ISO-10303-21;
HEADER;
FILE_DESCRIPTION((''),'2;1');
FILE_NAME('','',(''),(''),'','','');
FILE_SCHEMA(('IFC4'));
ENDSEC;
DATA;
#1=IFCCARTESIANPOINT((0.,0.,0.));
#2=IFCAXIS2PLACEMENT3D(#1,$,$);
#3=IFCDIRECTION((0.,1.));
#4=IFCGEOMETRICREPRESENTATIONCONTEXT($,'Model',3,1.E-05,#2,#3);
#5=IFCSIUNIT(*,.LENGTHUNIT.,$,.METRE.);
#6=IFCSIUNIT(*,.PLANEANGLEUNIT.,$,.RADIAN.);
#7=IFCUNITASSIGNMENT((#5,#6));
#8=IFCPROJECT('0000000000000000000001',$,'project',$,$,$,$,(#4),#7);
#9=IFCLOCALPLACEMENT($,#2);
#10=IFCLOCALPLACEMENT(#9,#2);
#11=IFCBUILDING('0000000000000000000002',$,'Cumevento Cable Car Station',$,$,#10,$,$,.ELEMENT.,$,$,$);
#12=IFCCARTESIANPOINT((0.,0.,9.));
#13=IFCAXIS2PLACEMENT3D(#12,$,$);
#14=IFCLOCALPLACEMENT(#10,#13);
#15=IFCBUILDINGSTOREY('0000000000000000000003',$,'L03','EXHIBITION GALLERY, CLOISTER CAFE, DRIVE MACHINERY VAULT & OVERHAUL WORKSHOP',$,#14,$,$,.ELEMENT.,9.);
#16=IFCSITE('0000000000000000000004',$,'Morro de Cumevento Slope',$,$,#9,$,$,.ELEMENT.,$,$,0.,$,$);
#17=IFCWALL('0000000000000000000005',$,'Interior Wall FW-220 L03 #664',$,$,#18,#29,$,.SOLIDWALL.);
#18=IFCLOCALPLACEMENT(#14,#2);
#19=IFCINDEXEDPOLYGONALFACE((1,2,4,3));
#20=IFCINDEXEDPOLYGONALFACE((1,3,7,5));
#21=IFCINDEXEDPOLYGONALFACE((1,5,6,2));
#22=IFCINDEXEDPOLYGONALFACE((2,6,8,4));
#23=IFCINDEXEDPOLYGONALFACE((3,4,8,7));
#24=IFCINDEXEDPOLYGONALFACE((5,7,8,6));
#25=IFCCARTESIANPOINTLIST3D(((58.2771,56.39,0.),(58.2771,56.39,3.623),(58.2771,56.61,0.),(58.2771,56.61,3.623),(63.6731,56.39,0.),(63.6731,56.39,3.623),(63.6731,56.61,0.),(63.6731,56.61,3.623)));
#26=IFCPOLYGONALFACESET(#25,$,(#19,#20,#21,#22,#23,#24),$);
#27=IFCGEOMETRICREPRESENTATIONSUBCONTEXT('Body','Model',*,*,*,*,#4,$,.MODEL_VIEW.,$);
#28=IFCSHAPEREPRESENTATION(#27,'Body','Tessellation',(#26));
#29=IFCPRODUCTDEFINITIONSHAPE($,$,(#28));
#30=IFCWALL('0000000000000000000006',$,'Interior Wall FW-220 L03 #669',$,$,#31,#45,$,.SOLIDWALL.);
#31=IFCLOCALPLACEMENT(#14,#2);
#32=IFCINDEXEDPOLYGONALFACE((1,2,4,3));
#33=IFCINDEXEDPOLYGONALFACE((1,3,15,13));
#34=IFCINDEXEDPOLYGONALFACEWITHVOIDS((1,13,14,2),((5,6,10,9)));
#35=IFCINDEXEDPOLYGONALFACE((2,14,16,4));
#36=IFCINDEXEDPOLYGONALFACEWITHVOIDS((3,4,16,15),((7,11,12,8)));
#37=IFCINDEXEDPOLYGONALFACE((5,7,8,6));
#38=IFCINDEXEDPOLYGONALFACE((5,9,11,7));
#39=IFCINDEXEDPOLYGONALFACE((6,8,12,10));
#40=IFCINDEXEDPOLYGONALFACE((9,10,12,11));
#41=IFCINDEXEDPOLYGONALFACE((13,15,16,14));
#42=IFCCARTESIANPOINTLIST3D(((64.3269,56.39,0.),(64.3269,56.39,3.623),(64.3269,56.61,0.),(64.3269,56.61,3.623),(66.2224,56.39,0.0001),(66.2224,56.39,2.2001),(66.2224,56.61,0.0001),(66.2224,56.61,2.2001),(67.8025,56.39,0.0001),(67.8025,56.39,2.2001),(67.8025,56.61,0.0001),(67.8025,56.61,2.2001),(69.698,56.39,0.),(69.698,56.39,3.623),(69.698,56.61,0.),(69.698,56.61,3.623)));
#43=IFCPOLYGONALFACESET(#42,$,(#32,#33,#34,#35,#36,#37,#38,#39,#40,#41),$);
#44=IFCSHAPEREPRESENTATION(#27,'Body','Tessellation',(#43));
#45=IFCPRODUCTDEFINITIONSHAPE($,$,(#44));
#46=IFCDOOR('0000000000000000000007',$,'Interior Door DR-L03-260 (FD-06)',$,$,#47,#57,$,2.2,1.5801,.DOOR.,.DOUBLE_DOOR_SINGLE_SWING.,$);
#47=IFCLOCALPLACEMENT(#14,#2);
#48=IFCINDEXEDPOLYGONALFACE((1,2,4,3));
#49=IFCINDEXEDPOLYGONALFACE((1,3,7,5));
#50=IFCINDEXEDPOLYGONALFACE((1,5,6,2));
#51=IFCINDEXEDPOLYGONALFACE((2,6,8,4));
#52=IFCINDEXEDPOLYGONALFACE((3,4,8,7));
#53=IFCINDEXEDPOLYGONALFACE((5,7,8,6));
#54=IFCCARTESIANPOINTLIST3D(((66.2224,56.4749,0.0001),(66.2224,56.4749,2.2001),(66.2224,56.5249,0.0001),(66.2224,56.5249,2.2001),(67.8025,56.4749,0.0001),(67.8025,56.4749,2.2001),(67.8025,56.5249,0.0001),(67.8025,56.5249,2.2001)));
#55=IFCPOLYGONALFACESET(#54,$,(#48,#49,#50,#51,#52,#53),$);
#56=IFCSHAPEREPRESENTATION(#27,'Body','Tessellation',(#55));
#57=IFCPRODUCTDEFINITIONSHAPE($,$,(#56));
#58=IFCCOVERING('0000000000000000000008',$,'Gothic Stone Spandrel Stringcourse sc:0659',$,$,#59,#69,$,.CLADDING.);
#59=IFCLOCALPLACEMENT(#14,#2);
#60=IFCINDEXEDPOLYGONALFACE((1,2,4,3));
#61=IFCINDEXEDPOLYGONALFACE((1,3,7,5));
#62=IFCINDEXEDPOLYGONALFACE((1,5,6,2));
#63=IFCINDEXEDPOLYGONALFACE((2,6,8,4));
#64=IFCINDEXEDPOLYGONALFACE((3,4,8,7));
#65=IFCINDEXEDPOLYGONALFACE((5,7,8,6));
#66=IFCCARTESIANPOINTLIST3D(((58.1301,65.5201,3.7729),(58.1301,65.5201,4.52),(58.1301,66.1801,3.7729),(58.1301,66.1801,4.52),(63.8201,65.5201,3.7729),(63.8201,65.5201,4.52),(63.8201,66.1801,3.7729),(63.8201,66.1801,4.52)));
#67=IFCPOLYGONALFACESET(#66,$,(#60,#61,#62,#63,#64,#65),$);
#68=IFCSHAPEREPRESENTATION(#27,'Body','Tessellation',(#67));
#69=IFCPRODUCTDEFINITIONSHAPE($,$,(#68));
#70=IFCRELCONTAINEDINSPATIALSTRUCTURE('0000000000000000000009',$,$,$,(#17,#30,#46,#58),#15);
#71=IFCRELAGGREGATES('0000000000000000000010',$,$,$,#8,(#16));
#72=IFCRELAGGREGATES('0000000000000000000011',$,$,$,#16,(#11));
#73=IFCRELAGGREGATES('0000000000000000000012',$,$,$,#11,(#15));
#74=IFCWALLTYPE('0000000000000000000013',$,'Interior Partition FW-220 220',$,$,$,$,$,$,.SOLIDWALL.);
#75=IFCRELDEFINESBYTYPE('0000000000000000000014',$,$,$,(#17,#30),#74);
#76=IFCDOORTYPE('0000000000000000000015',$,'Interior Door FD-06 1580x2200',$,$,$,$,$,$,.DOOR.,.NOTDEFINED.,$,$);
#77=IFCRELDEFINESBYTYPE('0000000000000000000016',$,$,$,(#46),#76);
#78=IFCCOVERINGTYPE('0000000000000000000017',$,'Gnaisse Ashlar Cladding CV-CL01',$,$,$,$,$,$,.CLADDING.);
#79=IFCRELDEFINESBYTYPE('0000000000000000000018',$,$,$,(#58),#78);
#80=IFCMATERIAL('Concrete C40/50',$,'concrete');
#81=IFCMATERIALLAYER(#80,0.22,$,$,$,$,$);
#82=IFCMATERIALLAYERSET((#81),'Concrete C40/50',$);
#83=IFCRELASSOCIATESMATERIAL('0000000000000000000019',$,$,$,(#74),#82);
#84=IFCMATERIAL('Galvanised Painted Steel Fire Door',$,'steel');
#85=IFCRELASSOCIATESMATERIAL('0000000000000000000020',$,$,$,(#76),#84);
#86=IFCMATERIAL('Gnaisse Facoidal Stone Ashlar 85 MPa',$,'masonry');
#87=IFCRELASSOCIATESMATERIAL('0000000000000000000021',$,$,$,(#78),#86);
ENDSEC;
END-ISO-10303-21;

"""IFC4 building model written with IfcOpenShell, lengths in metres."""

from ifc_helpers import new_model, si_unit, direction, frame, frame_2d, origin, origin_2d, place, context, subcontext, project, spatial, rectangle, extrude, material, layer, layer_set, type_object, element, fill, save


model = new_model("IFC4")

# Units and contexts
model_context = context("Model", 3, precision=1e-05, world=origin(), true_north=direction((0.0, 1.0)))
body_context = subcontext(model_context, "Body", "Model", "MODEL_VIEW")
ifc_project = project(units=[si_unit("LENGTHUNIT", "METRE"), si_unit("PLANEANGLEUNIT", "RADIAN")], contexts=[model_context])

# Site, building, storey
site_placement = place(None, origin())
site = spatial("IfcSite", under=ifc_project, at=site_placement, Name="Morro de Cumevento Slope", CompositionType="ELEMENT", RefElevation=0.0)
building_placement = place(site_placement, origin())
building = spatial("IfcBuilding", under=site, at=building_placement, Name="Cumevento Cable Car Station", CompositionType="ELEMENT")
storey_placement = place(building_placement, frame((0.0, 0.0, 9.0)))
storey = spatial("IfcBuildingStorey", under=building, at=storey_placement, Name="L03", Description="EXHIBITION GALLERY, CLOISTER CAFE, DRIVE MACHINERY VAULT & OVERHAUL WORKSHOP", CompositionType="ELEMENT", Elevation=9.0)

# Wall
ifc_material_1 = material(Name="Concrete C40/50", Category="concrete")
ifc_layer_1 = layer(ifc_material_1, 0.22)
ifc_layer_set_1 = layer_set([ifc_layer_1], Name="Concrete C40/50")
wall_type_1 = type_object("IfcWallType", Name="Interior Partition FW-220 220", PredefinedType="SOLIDWALL", material=ifc_layer_set_1)
wall_1_placement = place(storey_placement, frame((58.2771, 56.5, 0.0), z_axis=(0.0, 0.0, 1.0), x_axis=(1.0, 0.0, 0.0)))
element("IfcWall", 1, at=wall_1_placement, inside=storey, type_object=wall_type_1, Name="Interior Wall FW-220 L03 #664", PredefinedType="SOLIDWALL", context=body_context, shape_type="SweptSolid", body=[
    extrude(rectangle(XDim=5.396, YDim=0.22, at=frame_2d((2.698, 0.0))), origin(), (0.0, 0.0, 1.0), 3.623),
])

# Wall, opening, door
wall_2_placement = place(storey_placement, frame((64.3269, 56.5, 0.0), z_axis=(0.0, 0.0, 1.0), x_axis=(1.0, 0.0, 0.0)))
wall_2 = element("IfcWall", 2, at=wall_2_placement, inside=storey, type_object=wall_type_1, Name="Interior Wall FW-220 L03 #669", PredefinedType="SOLIDWALL", context=body_context, shape_type="SweptSolid", body=[
    extrude(rectangle(XDim=5.3711, YDim=0.22, at=frame_2d((2.6855, 0.0))), origin(), (0.0, 0.0, 1.0), 3.623),
])
opening_placement = place(wall_2_placement, frame((1.8955, 0.0, 0.0)))
opening = element("IfcOpeningElement", 3, at=opening_placement, cuts=wall_2, PredefinedType="OPENING", context=body_context, shape_type="SweptSolid", body=[
    extrude(rectangle(XDim=1.5801, YDim=2.2, at=frame_2d((0.79, 1.1001))), frame((0.0, 0.1199, 0.0), z_axis=(0.0, -1.0, 0.0), x_axis=(1.0, 0.0, 0.0)), (0.0, 0.0, 1.0), 0.24),
])
ifc_material_2 = material(Name="Galvanised Painted Steel Fire Door", Category="steel")
door_type = type_object("IfcDoorType", Name="Interior Door FD-06 1580x2200", OperationType="NOTDEFINED", PredefinedType="DOOR", material=ifc_material_2)
door_placement = place(opening_placement, origin())
door = element("IfcDoor", 4, at=door_placement, inside=storey, type_object=door_type, Name="Interior Door DR-L03-260 (FD-06)", OperationType="DOUBLE_DOOR_SINGLE_SWING", OverallHeight=2.2, OverallWidth=1.5801, PredefinedType="DOOR", context=body_context, shape_type="SweptSolid", body=[
    extrude(rectangle(XDim=1.5801, YDim=2.2, at=frame_2d((0.79, 1.1001))), frame((0.0, 0.0249, 0.0), z_axis=(0.0, -1.0, 0.0), x_axis=(1.0, 0.0, 0.0)), (0.0, 0.0, 1.0), 0.05),
])
fill(opening, door)

# Covering
ifc_material_3 = material(Name="Gnaisse Facoidal Stone Ashlar 85 MPa", Category="masonry")
covering_type = type_object("IfcCoveringType", Name="Gnaisse Ashlar Cladding CV-CL01", PredefinedType="CLADDING", material=ifc_material_3)
covering_1_placement = place(storey_placement, frame((60.9751, 65.8501, 3.7729), z_axis=(0.0, 0.0, 1.0), x_axis=(1.0, 0.0, 0.0)))
element("IfcCovering", 5, at=covering_1_placement, inside=storey, type_object=covering_type, Name="Gothic Stone Spandrel Stringcourse sc:0659", PredefinedType="CLADDING", context=body_context, shape_type="SweptSolid", body=[
    extrude(rectangle(XDim=5.6899, YDim=0.6599, at=origin_2d()), origin(), (0.0, 0.0, 1.0), 0.7471),
])

save(model, "model.ifc")
